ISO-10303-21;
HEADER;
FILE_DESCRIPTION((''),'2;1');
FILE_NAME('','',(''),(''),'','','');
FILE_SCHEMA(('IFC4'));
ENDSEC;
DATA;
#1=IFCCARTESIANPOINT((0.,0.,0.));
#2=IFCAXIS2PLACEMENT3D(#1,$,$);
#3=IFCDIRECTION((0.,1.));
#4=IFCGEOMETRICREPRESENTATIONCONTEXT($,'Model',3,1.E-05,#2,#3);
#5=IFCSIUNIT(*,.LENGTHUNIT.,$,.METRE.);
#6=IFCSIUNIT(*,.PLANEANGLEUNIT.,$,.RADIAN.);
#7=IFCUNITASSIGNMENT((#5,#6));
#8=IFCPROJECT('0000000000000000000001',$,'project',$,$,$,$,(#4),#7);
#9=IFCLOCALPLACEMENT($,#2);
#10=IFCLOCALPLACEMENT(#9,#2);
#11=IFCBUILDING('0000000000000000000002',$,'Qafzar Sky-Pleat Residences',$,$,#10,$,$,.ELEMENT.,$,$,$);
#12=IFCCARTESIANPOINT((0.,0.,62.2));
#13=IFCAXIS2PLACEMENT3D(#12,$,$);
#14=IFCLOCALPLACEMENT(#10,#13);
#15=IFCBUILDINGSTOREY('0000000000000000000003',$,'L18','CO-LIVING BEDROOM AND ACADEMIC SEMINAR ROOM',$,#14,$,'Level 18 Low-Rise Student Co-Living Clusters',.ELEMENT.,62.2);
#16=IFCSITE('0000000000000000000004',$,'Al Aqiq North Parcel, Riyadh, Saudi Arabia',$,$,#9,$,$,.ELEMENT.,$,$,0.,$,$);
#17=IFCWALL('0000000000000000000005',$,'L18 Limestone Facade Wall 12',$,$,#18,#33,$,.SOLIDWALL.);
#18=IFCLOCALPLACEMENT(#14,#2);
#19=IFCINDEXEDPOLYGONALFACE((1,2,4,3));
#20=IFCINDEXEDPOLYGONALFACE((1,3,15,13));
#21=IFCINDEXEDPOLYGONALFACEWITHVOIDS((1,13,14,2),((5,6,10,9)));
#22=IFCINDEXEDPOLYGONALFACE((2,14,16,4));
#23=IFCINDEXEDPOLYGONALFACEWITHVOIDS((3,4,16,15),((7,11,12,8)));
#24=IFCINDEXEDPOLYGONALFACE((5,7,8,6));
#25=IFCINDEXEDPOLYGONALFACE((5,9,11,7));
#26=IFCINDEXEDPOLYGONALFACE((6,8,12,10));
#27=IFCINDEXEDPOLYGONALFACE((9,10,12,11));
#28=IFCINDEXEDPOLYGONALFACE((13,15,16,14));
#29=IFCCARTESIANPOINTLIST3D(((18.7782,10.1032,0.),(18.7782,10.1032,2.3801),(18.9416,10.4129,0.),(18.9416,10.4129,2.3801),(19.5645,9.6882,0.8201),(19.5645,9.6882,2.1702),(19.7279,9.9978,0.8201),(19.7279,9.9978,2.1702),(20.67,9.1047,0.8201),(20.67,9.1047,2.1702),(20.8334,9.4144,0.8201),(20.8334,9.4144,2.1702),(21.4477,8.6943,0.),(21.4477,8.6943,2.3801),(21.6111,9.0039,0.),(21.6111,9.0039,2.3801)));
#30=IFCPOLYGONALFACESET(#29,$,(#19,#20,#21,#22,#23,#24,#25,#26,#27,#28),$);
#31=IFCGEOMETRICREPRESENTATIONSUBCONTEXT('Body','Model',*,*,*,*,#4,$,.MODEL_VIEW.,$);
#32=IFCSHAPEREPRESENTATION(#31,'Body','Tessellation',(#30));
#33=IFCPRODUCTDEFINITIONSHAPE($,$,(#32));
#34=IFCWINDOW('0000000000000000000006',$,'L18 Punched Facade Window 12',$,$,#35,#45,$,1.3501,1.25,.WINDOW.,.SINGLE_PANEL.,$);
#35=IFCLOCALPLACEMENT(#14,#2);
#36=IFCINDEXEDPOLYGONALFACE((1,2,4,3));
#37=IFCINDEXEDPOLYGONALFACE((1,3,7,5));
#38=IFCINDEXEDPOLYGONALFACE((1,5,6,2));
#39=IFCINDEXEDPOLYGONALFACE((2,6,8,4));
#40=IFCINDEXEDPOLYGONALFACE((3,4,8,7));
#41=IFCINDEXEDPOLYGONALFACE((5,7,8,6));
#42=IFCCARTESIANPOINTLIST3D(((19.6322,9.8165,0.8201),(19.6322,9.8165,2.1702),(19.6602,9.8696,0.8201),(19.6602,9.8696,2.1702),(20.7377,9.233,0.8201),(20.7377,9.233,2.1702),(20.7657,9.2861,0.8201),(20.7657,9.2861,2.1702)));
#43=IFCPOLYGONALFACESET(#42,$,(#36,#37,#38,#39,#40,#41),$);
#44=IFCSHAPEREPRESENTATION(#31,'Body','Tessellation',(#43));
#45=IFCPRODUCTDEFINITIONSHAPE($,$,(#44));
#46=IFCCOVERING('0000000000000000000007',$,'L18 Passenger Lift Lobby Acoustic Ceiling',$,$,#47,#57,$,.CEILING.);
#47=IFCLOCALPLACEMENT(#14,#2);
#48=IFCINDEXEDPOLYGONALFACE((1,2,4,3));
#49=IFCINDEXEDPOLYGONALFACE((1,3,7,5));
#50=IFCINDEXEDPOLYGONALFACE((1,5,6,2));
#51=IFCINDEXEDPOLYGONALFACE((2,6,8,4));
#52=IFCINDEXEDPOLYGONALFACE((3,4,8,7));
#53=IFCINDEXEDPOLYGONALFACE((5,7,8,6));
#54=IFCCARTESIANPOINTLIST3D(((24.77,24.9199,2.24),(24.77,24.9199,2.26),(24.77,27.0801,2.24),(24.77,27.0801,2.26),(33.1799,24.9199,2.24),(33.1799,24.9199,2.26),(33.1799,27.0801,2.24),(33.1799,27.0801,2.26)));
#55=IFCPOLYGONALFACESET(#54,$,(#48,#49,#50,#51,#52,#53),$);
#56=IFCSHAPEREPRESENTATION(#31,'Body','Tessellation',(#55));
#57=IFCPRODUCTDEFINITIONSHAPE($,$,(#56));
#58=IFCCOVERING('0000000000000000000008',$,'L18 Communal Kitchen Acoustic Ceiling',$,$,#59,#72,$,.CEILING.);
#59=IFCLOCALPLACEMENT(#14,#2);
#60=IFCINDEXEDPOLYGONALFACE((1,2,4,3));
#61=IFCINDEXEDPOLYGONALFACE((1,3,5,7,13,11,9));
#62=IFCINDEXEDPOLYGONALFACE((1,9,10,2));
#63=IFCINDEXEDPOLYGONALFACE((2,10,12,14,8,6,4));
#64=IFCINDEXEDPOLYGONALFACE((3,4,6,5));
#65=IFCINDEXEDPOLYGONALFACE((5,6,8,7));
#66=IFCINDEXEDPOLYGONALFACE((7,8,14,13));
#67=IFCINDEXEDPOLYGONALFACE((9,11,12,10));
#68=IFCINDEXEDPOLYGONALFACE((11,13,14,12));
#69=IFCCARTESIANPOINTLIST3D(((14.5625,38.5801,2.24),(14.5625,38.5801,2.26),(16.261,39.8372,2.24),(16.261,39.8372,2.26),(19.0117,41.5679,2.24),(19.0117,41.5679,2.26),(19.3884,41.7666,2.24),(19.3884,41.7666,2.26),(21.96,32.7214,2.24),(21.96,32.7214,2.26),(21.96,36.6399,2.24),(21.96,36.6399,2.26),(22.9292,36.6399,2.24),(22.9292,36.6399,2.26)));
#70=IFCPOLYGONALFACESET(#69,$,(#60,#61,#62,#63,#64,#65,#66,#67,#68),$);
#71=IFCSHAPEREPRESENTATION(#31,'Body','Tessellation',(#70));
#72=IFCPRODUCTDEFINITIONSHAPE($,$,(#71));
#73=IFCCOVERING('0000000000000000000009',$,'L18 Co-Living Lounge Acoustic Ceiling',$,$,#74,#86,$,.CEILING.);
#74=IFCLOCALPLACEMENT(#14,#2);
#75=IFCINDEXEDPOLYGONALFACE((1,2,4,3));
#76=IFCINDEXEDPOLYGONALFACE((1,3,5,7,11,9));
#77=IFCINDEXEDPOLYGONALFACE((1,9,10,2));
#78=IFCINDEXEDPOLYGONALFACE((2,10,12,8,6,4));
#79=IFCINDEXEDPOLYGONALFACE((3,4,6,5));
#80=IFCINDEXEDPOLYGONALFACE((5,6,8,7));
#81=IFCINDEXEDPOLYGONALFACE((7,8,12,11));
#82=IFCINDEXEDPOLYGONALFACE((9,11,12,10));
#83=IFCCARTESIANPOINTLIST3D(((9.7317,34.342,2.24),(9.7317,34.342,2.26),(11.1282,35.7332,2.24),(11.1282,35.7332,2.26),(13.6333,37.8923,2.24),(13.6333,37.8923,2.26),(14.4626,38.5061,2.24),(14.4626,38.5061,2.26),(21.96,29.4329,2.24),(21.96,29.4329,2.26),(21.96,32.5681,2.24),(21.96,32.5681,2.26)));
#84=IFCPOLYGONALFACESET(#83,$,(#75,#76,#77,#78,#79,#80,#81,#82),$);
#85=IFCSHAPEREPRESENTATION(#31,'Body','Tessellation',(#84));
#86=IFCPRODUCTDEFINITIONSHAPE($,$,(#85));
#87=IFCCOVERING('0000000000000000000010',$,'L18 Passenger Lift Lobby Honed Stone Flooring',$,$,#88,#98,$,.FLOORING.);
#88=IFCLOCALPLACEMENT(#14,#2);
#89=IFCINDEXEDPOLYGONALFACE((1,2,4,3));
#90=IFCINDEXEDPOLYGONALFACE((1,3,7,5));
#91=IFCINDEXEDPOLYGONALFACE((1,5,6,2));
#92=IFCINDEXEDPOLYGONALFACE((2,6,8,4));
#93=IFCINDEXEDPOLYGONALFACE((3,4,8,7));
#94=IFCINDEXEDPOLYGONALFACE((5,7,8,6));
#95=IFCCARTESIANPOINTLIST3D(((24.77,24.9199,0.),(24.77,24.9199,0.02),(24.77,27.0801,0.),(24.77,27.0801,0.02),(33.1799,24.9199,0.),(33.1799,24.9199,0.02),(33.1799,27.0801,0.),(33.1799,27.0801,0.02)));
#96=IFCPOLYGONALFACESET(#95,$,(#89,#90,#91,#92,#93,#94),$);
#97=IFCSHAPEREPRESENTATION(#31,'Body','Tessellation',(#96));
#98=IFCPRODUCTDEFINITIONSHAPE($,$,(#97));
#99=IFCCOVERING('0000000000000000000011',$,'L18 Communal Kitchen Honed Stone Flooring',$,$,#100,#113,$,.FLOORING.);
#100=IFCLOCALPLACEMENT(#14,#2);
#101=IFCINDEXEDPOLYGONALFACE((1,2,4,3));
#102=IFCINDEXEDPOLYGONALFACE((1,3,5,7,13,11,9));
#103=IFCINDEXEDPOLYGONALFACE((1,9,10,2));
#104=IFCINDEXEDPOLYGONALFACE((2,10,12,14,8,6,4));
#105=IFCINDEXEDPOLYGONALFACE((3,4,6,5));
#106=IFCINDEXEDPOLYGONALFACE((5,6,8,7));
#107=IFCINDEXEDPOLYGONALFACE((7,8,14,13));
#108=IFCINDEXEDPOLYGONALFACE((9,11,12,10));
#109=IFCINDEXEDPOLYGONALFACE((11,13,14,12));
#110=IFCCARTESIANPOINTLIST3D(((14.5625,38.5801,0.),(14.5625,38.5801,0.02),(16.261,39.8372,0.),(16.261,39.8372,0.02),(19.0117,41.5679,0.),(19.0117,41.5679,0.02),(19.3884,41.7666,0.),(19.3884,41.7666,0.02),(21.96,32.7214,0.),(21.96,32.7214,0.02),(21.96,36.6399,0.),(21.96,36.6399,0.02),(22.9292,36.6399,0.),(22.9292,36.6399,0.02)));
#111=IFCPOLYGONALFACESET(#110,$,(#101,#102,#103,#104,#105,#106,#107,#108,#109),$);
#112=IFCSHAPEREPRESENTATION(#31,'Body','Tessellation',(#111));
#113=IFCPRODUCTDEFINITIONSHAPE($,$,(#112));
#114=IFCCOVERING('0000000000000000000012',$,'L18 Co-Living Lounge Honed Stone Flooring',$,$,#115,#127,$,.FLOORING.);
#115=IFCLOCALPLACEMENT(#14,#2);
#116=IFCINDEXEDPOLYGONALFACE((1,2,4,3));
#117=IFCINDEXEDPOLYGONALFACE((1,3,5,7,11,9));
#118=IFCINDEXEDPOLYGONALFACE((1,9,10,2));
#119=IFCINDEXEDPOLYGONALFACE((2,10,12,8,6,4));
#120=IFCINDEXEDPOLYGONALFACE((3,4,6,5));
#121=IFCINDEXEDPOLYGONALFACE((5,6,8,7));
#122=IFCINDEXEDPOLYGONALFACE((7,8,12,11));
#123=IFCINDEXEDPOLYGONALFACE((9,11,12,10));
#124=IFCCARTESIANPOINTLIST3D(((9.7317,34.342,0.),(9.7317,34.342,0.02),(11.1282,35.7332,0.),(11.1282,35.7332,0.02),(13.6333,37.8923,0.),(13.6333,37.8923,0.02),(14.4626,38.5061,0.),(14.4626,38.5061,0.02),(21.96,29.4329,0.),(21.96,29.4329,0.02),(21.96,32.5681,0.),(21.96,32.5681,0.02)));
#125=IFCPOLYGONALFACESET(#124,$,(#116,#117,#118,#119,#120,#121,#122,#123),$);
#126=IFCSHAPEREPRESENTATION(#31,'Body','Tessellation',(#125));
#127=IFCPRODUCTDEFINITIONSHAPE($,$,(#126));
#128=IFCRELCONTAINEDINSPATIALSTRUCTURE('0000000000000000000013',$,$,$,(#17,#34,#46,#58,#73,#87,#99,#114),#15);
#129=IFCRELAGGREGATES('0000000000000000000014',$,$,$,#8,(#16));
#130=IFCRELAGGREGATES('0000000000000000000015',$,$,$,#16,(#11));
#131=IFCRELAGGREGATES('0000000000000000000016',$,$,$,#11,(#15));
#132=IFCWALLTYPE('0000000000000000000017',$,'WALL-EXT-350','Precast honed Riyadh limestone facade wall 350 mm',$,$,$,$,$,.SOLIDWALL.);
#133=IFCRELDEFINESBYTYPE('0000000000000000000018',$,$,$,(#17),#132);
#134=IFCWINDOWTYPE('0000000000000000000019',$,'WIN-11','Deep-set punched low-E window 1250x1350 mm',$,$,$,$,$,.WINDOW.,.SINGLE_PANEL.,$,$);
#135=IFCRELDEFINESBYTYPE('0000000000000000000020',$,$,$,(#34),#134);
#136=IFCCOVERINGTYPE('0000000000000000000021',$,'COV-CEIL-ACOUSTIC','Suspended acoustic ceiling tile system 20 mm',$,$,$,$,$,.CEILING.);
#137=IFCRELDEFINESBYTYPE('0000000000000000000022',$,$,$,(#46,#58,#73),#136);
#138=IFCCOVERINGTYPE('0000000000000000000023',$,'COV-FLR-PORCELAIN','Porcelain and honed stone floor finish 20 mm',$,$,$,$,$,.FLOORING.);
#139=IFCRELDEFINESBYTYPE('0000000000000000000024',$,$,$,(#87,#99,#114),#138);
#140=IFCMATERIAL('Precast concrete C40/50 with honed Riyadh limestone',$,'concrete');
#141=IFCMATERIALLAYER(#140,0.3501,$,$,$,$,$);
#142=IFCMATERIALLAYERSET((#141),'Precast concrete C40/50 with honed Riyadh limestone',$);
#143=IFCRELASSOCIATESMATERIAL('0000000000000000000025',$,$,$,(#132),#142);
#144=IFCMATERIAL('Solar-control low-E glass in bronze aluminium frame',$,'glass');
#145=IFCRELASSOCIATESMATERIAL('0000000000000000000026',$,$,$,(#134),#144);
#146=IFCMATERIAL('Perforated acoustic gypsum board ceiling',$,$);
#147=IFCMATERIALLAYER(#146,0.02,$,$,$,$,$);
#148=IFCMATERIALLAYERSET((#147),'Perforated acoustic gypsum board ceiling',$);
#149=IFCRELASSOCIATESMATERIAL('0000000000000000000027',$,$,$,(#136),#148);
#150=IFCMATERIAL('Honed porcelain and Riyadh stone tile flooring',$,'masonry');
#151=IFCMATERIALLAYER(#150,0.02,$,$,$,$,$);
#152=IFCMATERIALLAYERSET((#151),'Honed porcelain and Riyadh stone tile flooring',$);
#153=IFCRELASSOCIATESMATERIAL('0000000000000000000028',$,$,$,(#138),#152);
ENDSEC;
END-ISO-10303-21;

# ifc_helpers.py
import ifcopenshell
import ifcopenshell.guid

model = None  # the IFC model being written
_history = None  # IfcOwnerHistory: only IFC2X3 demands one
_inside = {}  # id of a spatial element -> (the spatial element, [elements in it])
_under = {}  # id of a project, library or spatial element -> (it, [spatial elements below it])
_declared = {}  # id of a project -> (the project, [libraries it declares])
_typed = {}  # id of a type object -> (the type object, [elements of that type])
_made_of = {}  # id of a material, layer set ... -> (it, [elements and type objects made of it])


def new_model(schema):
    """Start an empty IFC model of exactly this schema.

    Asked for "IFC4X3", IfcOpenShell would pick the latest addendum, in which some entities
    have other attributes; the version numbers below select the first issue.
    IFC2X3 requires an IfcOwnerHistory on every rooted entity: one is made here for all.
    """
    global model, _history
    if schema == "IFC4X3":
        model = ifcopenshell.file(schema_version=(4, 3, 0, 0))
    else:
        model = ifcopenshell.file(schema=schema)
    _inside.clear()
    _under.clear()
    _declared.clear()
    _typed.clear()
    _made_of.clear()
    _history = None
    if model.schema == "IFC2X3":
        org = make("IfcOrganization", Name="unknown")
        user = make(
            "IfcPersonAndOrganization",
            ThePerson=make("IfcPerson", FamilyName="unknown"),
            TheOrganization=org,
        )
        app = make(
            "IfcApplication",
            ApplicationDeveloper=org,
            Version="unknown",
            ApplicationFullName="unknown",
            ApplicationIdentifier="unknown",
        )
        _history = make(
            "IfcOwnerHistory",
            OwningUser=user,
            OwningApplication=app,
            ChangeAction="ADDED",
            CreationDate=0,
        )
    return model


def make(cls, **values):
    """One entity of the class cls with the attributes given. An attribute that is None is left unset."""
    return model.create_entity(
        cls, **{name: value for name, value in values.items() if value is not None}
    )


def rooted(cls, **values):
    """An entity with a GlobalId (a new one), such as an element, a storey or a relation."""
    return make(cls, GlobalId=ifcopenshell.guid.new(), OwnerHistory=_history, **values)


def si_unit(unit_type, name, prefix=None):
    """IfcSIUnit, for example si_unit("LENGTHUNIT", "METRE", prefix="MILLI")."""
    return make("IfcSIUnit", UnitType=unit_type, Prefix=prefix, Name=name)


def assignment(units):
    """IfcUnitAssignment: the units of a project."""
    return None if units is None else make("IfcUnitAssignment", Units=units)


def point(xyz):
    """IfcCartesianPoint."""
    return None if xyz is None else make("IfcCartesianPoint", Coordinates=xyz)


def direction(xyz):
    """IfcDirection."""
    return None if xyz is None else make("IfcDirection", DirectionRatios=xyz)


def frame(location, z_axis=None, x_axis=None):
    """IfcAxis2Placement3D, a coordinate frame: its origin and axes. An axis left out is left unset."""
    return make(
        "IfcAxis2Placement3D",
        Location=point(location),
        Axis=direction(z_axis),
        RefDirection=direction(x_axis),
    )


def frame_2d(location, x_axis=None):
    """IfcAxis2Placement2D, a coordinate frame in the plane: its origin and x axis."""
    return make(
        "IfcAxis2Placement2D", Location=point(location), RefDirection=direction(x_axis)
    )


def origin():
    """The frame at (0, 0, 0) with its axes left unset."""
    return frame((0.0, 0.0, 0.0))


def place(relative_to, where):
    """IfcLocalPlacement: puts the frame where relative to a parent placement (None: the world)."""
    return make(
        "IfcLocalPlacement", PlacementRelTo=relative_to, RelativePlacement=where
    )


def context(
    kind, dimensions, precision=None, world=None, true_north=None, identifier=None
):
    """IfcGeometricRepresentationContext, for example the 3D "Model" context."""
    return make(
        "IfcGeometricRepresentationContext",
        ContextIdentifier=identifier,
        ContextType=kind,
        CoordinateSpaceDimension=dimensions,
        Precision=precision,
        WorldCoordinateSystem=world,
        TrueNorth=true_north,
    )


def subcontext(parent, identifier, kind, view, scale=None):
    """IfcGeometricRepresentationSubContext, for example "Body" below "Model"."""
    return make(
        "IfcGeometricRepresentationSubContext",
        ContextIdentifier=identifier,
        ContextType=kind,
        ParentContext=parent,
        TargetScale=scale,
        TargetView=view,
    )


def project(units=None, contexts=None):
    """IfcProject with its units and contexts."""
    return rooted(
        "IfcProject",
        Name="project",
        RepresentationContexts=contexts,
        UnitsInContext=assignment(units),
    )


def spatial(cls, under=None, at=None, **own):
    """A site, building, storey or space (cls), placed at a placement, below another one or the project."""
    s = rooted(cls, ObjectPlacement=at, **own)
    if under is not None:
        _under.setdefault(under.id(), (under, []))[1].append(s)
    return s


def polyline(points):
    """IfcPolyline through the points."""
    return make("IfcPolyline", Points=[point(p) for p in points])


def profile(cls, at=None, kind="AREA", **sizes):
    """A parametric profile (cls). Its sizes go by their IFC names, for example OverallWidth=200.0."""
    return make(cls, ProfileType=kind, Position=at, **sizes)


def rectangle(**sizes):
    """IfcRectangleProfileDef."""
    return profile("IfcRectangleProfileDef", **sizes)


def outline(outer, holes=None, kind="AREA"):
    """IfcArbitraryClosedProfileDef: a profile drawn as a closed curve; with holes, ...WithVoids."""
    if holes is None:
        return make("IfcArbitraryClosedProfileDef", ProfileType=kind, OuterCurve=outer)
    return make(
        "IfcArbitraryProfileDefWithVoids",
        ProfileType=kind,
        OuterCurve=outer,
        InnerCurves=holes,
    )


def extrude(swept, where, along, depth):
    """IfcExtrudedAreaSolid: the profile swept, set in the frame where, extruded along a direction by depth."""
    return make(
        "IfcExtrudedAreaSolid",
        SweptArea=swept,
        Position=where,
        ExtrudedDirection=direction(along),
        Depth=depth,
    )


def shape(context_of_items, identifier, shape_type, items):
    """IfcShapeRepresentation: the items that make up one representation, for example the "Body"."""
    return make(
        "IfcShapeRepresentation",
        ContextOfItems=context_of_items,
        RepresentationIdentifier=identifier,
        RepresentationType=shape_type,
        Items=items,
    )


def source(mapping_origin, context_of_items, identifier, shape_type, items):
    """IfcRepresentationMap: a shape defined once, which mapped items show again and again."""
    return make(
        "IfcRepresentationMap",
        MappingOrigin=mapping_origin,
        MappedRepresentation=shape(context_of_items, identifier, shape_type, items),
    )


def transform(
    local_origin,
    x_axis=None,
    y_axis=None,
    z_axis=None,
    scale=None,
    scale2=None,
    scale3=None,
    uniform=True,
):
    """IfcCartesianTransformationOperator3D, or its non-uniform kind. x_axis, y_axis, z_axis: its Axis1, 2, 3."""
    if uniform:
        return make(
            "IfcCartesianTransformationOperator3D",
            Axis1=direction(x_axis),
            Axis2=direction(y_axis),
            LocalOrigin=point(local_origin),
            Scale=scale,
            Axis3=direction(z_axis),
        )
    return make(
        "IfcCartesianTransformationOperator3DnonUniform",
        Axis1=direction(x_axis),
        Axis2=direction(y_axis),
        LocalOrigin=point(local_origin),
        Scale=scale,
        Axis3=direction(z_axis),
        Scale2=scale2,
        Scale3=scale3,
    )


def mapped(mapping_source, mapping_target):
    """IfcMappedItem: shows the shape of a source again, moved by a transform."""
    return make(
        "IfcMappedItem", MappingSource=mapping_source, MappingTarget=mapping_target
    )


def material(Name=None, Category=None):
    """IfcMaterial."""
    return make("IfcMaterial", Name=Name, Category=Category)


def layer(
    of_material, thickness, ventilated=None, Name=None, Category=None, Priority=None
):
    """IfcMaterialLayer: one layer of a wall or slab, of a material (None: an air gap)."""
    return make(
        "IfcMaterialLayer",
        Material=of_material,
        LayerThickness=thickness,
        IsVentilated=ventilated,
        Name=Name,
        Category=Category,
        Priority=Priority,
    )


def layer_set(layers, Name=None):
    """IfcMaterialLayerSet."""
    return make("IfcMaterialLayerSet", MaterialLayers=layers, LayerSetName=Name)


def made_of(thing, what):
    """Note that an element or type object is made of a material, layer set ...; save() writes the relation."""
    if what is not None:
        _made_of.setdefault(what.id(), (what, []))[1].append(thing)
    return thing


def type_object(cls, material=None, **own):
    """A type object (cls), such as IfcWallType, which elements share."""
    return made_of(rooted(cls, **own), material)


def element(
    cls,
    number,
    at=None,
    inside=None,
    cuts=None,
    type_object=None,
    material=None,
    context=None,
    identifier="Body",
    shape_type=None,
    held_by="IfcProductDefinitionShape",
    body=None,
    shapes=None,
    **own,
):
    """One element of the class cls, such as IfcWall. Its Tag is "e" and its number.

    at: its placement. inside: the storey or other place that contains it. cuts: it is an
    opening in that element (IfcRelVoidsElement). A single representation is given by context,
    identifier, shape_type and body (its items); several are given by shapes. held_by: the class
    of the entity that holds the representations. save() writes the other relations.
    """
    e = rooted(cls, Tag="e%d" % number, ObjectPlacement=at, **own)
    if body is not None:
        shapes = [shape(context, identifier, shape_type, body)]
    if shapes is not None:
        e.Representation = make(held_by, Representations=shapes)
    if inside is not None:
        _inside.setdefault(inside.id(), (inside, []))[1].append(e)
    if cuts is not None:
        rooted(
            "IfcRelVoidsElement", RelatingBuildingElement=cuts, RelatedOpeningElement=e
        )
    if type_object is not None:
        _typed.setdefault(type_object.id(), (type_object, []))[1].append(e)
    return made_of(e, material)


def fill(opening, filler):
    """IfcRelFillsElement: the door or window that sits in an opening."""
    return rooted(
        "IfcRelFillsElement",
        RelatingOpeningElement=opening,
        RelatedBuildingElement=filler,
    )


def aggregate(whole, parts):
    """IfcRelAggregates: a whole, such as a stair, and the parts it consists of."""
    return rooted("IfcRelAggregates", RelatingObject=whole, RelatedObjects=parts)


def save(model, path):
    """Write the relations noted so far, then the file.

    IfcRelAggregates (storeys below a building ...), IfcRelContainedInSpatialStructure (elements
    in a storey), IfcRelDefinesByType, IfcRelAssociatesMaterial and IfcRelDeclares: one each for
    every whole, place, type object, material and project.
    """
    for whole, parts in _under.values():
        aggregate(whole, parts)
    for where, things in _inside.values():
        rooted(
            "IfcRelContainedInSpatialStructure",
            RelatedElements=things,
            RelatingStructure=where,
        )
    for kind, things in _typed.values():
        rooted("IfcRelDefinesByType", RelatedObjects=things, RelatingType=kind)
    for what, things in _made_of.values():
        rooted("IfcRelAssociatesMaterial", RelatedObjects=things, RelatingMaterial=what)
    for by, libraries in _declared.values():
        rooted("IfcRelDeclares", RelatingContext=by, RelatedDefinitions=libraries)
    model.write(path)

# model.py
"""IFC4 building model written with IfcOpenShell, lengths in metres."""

from ifc_helpers import new_model, si_unit, direction, frame, frame_2d, origin, place, context, subcontext, project, spatial, polyline, rectangle, outline, extrude, source, transform, mapped, material, layer, layer_set, type_object, element, fill, save


model = new_model("IFC4")

# Units and contexts
model_context = context("Model", 3, precision=1e-05, world=origin(), true_north=direction((0.0, 1.0)))
body_context = subcontext(model_context, "Body", "Model", "MODEL_VIEW")
ifc_project = project(units=[si_unit("LENGTHUNIT", "METRE"), si_unit("PLANEANGLEUNIT", "RADIAN")], contexts=[model_context])

# Site, building, storey
site_placement = place(None, origin())
site = spatial("IfcSite", under=ifc_project, at=site_placement, Name="Al Aqiq North Parcel, Riyadh, Saudi Arabia", CompositionType="ELEMENT", RefElevation=0.0)
building_placement = place(site_placement, origin())
building = spatial("IfcBuilding", under=site, at=building_placement, Name="Qafzar Sky-Pleat Residences", CompositionType="ELEMENT")
storey_placement = place(building_placement, frame((0.0, 0.0, 62.2)))
storey = spatial("IfcBuildingStorey", under=building, at=storey_placement, Name="L18", Description="CO-LIVING BEDROOM AND ACADEMIC SEMINAR ROOM", LongName="Level 18 Low-Rise Student Co-Living Clusters", CompositionType="ELEMENT", Elevation=62.2)

# Wall, opening, window
ifc_material_1 = material(Name="Precast concrete C40/50 with honed Riyadh limestone", Category="concrete")
ifc_layer_1 = layer(ifc_material_1, 0.3501)
ifc_layer_set_1 = layer_set([ifc_layer_1], Name="Precast concrete C40/50 with honed Riyadh limestone")
wall_type_1 = type_object("IfcWallType", Name="WALL-EXT-350", Description="Precast honed Riyadh limestone facade wall 350 mm", PredefinedType="SOLIDWALL", material=ifc_layer_set_1)
wall_1_placement = place(storey_placement, frame((18.8599, 10.2581, 0.0), z_axis=(0.0, 0.0, 1.0), x_axis=(0.884375, -0.466776, 0.0)))
wall_1 = element("IfcWall", 1, at=wall_1_placement, inside=storey, type_object=wall_type_1, Name="L18 Limestone Facade Wall 12", PredefinedType="SOLIDWALL", context=body_context, shape_type="SweptSolid", body=[
    extrude(rectangle(XDim=3.0186, YDim=0.3501, at=frame_2d((1.5093, 0.0))), origin(), (0.0, 0.0, 1.0), 2.3801),
])
opening_placement = place(wall_1_placement, frame((0.8892, 0.0, 0.8201)))
opening = element("IfcOpeningElement", 2, at=opening_placement, cuts=wall_1, PredefinedType="OPENING", context=body_context, shape_type="SweptSolid", body=[
    extrude(rectangle(XDim=1.25, YDim=1.3501, at=frame_2d((0.625, 0.675))), frame((0.0, 0.1851, 0.0), z_axis=(0.0, -1.0, 0.0), x_axis=(1.0, 0.0, 0.0)), (0.0, 0.0, 1.0), 0.3701),
])
ifc_material_2 = material(Name="Solar-control low-E glass in bronze aluminium frame", Category="glass")
window_type = type_object("IfcWindowType", Name="WIN-11", Description="Deep-set punched low-E window 1250x1350 mm", PartitioningType="SINGLE_PANEL", PredefinedType="WINDOW", material=ifc_material_2)
shared_shape_1 = source(origin(), body_context, "Body", "SweptSolid", [
    extrude(rectangle(XDim=1.25, YDim=1.3501, at=frame_2d((0.625, 0.675))), frame((0.0, 0.03, 0.0), z_axis=(0.0, -1.0, 0.0), x_axis=(1.0, 0.0, 0.0)), (0.0, 0.0, 1.0), 0.0601),
])
window_placement = place(opening_placement, origin())
window = element("IfcWindow", 3, at=window_placement, inside=storey, type_object=window_type, Name="L18 Punched Facade Window 12", OverallHeight=1.3501, OverallWidth=1.25, PartitioningType="SINGLE_PANEL", PredefinedType="WINDOW", context=body_context, shape_type="MappedRepresentation", body=[
    mapped(shared_shape_1, transform((0.0, 0.0, 0.0), x_axis=(1.0, 0.0, 0.0), y_axis=(0.0, 1.0, 0.0), z_axis=(0.0, 0.0, 1.0), scale=1.0)),
])
fill(opening, window)

# Coverings
ifc_material_3 = material(Name="Perforated acoustic gypsum board ceiling")
ifc_layer_2 = layer(ifc_material_3, 0.02)
ifc_layer_set_2 = layer_set([ifc_layer_2], Name="Perforated acoustic gypsum board ceiling")
covering_type_1 = type_object("IfcCoveringType", Name="COV-CEIL-ACOUSTIC", Description="Suspended acoustic ceiling tile system 20 mm", PredefinedType="CEILING", material=ifc_layer_set_2)
covering_1_placement = place(storey_placement, frame((0.0, 0.0, 2.24)))
element("IfcCovering", 4, at=covering_1_placement, inside=storey, type_object=covering_type_1, Name="L18 Passenger Lift Lobby Acoustic Ceiling", PredefinedType="CEILING", context=body_context, shape_type="SweptSolid", body=[
    extrude(outline(polyline([(33.1799, 24.9199), (24.77, 24.9199), (24.77, 27.0801), (33.1799, 27.0801), (33.1799, 24.9199)])), origin(), (0.0, 0.0, 1.0), 0.02),
])
covering_2_placement = place(storey_placement, frame((0.0, 0.0, 2.24)))
element("IfcCovering", 5, at=covering_2_placement, inside=storey, type_object=covering_type_1, Name="L18 Communal Kitchen Acoustic Ceiling", PredefinedType="CEILING", context=body_context, shape_type="SweptSolid", body=[
    extrude(outline(polyline([(19.0117, 41.5679), (19.3884, 41.7666), (22.9292, 36.6399), (21.96, 36.6399), (21.96, 32.7214), (14.5625, 38.5801), (16.261, 39.8372), (19.0117, 41.5679)])), origin(), (0.0, 0.0, 1.0), 0.02),
])
covering_3_placement = place(storey_placement, frame((0.0, 0.0, 2.24)))
element("IfcCovering", 6, at=covering_3_placement, inside=storey, type_object=covering_type_1, Name="L18 Co-Living Lounge Acoustic Ceiling", PredefinedType="CEILING", context=body_context, shape_type="SweptSolid", body=[
    extrude(outline(polyline([(13.6333, 37.8923), (14.4626, 38.5061), (21.96, 32.5681), (21.96, 29.4329), (9.7317, 34.342), (11.1282, 35.7332), (13.6333, 37.8923)])), origin(), (0.0, 0.0, 1.0), 0.02),
])
ifc_material_4 = material(Name="Honed porcelain and Riyadh stone tile flooring", Category="masonry")
ifc_layer_3 = layer(ifc_material_4, 0.02)
ifc_layer_set_3 = layer_set([ifc_layer_3], Name="Honed porcelain and Riyadh stone tile flooring")
covering_type_2 = type_object("IfcCoveringType", Name="COV-FLR-PORCELAIN", Description="Porcelain and honed stone floor finish 20 mm", PredefinedType="FLOORING", material=ifc_layer_set_3)
covering_4_placement = place(storey_placement, origin())
element("IfcCovering", 7, at=covering_4_placement, inside=storey, type_object=covering_type_2, Name="L18 Passenger Lift Lobby Honed Stone Flooring", PredefinedType="FLOORING", context=body_context, shape_type="SweptSolid", body=[
    extrude(outline(polyline([(33.1799, 24.9199), (24.77, 24.9199), (24.77, 27.0801), (33.1799, 27.0801), (33.1799, 24.9199)])), origin(), (0.0, 0.0, 1.0), 0.02),
])
covering_5_placement = place(storey_placement, origin())
element("IfcCovering", 8, at=covering_5_placement, inside=storey, type_object=covering_type_2, Name="L18 Communal Kitchen Honed Stone Flooring", PredefinedType="FLOORING", context=body_context, shape_type="SweptSolid", body=[
    extrude(outline(polyline([(19.0117, 41.5679), (19.3884, 41.7666), (22.9292, 36.6399), (21.96, 36.6399), (21.96, 32.7214), (14.5625, 38.5801), (16.261, 39.8372), (19.0117, 41.5679)])), origin(), (0.0, 0.0, 1.0), 0.02),
])
covering_6_placement = place(storey_placement, origin())
element("IfcCovering", 9, at=covering_6_placement, inside=storey, type_object=covering_type_2, Name="L18 Co-Living Lounge Honed Stone Flooring", PredefinedType="FLOORING", context=body_context, shape_type="SweptSolid", body=[
    extrude(outline(polyline([(13.6333, 37.8923), (14.4626, 38.5061), (21.96, 32.5681), (21.96, 29.4329), (9.7317, 34.342), (11.1282, 35.7332), (13.6333, 37.8923)])), origin(), (0.0, 0.0, 1.0), 0.02),
])

save(model, "model.ifc")
